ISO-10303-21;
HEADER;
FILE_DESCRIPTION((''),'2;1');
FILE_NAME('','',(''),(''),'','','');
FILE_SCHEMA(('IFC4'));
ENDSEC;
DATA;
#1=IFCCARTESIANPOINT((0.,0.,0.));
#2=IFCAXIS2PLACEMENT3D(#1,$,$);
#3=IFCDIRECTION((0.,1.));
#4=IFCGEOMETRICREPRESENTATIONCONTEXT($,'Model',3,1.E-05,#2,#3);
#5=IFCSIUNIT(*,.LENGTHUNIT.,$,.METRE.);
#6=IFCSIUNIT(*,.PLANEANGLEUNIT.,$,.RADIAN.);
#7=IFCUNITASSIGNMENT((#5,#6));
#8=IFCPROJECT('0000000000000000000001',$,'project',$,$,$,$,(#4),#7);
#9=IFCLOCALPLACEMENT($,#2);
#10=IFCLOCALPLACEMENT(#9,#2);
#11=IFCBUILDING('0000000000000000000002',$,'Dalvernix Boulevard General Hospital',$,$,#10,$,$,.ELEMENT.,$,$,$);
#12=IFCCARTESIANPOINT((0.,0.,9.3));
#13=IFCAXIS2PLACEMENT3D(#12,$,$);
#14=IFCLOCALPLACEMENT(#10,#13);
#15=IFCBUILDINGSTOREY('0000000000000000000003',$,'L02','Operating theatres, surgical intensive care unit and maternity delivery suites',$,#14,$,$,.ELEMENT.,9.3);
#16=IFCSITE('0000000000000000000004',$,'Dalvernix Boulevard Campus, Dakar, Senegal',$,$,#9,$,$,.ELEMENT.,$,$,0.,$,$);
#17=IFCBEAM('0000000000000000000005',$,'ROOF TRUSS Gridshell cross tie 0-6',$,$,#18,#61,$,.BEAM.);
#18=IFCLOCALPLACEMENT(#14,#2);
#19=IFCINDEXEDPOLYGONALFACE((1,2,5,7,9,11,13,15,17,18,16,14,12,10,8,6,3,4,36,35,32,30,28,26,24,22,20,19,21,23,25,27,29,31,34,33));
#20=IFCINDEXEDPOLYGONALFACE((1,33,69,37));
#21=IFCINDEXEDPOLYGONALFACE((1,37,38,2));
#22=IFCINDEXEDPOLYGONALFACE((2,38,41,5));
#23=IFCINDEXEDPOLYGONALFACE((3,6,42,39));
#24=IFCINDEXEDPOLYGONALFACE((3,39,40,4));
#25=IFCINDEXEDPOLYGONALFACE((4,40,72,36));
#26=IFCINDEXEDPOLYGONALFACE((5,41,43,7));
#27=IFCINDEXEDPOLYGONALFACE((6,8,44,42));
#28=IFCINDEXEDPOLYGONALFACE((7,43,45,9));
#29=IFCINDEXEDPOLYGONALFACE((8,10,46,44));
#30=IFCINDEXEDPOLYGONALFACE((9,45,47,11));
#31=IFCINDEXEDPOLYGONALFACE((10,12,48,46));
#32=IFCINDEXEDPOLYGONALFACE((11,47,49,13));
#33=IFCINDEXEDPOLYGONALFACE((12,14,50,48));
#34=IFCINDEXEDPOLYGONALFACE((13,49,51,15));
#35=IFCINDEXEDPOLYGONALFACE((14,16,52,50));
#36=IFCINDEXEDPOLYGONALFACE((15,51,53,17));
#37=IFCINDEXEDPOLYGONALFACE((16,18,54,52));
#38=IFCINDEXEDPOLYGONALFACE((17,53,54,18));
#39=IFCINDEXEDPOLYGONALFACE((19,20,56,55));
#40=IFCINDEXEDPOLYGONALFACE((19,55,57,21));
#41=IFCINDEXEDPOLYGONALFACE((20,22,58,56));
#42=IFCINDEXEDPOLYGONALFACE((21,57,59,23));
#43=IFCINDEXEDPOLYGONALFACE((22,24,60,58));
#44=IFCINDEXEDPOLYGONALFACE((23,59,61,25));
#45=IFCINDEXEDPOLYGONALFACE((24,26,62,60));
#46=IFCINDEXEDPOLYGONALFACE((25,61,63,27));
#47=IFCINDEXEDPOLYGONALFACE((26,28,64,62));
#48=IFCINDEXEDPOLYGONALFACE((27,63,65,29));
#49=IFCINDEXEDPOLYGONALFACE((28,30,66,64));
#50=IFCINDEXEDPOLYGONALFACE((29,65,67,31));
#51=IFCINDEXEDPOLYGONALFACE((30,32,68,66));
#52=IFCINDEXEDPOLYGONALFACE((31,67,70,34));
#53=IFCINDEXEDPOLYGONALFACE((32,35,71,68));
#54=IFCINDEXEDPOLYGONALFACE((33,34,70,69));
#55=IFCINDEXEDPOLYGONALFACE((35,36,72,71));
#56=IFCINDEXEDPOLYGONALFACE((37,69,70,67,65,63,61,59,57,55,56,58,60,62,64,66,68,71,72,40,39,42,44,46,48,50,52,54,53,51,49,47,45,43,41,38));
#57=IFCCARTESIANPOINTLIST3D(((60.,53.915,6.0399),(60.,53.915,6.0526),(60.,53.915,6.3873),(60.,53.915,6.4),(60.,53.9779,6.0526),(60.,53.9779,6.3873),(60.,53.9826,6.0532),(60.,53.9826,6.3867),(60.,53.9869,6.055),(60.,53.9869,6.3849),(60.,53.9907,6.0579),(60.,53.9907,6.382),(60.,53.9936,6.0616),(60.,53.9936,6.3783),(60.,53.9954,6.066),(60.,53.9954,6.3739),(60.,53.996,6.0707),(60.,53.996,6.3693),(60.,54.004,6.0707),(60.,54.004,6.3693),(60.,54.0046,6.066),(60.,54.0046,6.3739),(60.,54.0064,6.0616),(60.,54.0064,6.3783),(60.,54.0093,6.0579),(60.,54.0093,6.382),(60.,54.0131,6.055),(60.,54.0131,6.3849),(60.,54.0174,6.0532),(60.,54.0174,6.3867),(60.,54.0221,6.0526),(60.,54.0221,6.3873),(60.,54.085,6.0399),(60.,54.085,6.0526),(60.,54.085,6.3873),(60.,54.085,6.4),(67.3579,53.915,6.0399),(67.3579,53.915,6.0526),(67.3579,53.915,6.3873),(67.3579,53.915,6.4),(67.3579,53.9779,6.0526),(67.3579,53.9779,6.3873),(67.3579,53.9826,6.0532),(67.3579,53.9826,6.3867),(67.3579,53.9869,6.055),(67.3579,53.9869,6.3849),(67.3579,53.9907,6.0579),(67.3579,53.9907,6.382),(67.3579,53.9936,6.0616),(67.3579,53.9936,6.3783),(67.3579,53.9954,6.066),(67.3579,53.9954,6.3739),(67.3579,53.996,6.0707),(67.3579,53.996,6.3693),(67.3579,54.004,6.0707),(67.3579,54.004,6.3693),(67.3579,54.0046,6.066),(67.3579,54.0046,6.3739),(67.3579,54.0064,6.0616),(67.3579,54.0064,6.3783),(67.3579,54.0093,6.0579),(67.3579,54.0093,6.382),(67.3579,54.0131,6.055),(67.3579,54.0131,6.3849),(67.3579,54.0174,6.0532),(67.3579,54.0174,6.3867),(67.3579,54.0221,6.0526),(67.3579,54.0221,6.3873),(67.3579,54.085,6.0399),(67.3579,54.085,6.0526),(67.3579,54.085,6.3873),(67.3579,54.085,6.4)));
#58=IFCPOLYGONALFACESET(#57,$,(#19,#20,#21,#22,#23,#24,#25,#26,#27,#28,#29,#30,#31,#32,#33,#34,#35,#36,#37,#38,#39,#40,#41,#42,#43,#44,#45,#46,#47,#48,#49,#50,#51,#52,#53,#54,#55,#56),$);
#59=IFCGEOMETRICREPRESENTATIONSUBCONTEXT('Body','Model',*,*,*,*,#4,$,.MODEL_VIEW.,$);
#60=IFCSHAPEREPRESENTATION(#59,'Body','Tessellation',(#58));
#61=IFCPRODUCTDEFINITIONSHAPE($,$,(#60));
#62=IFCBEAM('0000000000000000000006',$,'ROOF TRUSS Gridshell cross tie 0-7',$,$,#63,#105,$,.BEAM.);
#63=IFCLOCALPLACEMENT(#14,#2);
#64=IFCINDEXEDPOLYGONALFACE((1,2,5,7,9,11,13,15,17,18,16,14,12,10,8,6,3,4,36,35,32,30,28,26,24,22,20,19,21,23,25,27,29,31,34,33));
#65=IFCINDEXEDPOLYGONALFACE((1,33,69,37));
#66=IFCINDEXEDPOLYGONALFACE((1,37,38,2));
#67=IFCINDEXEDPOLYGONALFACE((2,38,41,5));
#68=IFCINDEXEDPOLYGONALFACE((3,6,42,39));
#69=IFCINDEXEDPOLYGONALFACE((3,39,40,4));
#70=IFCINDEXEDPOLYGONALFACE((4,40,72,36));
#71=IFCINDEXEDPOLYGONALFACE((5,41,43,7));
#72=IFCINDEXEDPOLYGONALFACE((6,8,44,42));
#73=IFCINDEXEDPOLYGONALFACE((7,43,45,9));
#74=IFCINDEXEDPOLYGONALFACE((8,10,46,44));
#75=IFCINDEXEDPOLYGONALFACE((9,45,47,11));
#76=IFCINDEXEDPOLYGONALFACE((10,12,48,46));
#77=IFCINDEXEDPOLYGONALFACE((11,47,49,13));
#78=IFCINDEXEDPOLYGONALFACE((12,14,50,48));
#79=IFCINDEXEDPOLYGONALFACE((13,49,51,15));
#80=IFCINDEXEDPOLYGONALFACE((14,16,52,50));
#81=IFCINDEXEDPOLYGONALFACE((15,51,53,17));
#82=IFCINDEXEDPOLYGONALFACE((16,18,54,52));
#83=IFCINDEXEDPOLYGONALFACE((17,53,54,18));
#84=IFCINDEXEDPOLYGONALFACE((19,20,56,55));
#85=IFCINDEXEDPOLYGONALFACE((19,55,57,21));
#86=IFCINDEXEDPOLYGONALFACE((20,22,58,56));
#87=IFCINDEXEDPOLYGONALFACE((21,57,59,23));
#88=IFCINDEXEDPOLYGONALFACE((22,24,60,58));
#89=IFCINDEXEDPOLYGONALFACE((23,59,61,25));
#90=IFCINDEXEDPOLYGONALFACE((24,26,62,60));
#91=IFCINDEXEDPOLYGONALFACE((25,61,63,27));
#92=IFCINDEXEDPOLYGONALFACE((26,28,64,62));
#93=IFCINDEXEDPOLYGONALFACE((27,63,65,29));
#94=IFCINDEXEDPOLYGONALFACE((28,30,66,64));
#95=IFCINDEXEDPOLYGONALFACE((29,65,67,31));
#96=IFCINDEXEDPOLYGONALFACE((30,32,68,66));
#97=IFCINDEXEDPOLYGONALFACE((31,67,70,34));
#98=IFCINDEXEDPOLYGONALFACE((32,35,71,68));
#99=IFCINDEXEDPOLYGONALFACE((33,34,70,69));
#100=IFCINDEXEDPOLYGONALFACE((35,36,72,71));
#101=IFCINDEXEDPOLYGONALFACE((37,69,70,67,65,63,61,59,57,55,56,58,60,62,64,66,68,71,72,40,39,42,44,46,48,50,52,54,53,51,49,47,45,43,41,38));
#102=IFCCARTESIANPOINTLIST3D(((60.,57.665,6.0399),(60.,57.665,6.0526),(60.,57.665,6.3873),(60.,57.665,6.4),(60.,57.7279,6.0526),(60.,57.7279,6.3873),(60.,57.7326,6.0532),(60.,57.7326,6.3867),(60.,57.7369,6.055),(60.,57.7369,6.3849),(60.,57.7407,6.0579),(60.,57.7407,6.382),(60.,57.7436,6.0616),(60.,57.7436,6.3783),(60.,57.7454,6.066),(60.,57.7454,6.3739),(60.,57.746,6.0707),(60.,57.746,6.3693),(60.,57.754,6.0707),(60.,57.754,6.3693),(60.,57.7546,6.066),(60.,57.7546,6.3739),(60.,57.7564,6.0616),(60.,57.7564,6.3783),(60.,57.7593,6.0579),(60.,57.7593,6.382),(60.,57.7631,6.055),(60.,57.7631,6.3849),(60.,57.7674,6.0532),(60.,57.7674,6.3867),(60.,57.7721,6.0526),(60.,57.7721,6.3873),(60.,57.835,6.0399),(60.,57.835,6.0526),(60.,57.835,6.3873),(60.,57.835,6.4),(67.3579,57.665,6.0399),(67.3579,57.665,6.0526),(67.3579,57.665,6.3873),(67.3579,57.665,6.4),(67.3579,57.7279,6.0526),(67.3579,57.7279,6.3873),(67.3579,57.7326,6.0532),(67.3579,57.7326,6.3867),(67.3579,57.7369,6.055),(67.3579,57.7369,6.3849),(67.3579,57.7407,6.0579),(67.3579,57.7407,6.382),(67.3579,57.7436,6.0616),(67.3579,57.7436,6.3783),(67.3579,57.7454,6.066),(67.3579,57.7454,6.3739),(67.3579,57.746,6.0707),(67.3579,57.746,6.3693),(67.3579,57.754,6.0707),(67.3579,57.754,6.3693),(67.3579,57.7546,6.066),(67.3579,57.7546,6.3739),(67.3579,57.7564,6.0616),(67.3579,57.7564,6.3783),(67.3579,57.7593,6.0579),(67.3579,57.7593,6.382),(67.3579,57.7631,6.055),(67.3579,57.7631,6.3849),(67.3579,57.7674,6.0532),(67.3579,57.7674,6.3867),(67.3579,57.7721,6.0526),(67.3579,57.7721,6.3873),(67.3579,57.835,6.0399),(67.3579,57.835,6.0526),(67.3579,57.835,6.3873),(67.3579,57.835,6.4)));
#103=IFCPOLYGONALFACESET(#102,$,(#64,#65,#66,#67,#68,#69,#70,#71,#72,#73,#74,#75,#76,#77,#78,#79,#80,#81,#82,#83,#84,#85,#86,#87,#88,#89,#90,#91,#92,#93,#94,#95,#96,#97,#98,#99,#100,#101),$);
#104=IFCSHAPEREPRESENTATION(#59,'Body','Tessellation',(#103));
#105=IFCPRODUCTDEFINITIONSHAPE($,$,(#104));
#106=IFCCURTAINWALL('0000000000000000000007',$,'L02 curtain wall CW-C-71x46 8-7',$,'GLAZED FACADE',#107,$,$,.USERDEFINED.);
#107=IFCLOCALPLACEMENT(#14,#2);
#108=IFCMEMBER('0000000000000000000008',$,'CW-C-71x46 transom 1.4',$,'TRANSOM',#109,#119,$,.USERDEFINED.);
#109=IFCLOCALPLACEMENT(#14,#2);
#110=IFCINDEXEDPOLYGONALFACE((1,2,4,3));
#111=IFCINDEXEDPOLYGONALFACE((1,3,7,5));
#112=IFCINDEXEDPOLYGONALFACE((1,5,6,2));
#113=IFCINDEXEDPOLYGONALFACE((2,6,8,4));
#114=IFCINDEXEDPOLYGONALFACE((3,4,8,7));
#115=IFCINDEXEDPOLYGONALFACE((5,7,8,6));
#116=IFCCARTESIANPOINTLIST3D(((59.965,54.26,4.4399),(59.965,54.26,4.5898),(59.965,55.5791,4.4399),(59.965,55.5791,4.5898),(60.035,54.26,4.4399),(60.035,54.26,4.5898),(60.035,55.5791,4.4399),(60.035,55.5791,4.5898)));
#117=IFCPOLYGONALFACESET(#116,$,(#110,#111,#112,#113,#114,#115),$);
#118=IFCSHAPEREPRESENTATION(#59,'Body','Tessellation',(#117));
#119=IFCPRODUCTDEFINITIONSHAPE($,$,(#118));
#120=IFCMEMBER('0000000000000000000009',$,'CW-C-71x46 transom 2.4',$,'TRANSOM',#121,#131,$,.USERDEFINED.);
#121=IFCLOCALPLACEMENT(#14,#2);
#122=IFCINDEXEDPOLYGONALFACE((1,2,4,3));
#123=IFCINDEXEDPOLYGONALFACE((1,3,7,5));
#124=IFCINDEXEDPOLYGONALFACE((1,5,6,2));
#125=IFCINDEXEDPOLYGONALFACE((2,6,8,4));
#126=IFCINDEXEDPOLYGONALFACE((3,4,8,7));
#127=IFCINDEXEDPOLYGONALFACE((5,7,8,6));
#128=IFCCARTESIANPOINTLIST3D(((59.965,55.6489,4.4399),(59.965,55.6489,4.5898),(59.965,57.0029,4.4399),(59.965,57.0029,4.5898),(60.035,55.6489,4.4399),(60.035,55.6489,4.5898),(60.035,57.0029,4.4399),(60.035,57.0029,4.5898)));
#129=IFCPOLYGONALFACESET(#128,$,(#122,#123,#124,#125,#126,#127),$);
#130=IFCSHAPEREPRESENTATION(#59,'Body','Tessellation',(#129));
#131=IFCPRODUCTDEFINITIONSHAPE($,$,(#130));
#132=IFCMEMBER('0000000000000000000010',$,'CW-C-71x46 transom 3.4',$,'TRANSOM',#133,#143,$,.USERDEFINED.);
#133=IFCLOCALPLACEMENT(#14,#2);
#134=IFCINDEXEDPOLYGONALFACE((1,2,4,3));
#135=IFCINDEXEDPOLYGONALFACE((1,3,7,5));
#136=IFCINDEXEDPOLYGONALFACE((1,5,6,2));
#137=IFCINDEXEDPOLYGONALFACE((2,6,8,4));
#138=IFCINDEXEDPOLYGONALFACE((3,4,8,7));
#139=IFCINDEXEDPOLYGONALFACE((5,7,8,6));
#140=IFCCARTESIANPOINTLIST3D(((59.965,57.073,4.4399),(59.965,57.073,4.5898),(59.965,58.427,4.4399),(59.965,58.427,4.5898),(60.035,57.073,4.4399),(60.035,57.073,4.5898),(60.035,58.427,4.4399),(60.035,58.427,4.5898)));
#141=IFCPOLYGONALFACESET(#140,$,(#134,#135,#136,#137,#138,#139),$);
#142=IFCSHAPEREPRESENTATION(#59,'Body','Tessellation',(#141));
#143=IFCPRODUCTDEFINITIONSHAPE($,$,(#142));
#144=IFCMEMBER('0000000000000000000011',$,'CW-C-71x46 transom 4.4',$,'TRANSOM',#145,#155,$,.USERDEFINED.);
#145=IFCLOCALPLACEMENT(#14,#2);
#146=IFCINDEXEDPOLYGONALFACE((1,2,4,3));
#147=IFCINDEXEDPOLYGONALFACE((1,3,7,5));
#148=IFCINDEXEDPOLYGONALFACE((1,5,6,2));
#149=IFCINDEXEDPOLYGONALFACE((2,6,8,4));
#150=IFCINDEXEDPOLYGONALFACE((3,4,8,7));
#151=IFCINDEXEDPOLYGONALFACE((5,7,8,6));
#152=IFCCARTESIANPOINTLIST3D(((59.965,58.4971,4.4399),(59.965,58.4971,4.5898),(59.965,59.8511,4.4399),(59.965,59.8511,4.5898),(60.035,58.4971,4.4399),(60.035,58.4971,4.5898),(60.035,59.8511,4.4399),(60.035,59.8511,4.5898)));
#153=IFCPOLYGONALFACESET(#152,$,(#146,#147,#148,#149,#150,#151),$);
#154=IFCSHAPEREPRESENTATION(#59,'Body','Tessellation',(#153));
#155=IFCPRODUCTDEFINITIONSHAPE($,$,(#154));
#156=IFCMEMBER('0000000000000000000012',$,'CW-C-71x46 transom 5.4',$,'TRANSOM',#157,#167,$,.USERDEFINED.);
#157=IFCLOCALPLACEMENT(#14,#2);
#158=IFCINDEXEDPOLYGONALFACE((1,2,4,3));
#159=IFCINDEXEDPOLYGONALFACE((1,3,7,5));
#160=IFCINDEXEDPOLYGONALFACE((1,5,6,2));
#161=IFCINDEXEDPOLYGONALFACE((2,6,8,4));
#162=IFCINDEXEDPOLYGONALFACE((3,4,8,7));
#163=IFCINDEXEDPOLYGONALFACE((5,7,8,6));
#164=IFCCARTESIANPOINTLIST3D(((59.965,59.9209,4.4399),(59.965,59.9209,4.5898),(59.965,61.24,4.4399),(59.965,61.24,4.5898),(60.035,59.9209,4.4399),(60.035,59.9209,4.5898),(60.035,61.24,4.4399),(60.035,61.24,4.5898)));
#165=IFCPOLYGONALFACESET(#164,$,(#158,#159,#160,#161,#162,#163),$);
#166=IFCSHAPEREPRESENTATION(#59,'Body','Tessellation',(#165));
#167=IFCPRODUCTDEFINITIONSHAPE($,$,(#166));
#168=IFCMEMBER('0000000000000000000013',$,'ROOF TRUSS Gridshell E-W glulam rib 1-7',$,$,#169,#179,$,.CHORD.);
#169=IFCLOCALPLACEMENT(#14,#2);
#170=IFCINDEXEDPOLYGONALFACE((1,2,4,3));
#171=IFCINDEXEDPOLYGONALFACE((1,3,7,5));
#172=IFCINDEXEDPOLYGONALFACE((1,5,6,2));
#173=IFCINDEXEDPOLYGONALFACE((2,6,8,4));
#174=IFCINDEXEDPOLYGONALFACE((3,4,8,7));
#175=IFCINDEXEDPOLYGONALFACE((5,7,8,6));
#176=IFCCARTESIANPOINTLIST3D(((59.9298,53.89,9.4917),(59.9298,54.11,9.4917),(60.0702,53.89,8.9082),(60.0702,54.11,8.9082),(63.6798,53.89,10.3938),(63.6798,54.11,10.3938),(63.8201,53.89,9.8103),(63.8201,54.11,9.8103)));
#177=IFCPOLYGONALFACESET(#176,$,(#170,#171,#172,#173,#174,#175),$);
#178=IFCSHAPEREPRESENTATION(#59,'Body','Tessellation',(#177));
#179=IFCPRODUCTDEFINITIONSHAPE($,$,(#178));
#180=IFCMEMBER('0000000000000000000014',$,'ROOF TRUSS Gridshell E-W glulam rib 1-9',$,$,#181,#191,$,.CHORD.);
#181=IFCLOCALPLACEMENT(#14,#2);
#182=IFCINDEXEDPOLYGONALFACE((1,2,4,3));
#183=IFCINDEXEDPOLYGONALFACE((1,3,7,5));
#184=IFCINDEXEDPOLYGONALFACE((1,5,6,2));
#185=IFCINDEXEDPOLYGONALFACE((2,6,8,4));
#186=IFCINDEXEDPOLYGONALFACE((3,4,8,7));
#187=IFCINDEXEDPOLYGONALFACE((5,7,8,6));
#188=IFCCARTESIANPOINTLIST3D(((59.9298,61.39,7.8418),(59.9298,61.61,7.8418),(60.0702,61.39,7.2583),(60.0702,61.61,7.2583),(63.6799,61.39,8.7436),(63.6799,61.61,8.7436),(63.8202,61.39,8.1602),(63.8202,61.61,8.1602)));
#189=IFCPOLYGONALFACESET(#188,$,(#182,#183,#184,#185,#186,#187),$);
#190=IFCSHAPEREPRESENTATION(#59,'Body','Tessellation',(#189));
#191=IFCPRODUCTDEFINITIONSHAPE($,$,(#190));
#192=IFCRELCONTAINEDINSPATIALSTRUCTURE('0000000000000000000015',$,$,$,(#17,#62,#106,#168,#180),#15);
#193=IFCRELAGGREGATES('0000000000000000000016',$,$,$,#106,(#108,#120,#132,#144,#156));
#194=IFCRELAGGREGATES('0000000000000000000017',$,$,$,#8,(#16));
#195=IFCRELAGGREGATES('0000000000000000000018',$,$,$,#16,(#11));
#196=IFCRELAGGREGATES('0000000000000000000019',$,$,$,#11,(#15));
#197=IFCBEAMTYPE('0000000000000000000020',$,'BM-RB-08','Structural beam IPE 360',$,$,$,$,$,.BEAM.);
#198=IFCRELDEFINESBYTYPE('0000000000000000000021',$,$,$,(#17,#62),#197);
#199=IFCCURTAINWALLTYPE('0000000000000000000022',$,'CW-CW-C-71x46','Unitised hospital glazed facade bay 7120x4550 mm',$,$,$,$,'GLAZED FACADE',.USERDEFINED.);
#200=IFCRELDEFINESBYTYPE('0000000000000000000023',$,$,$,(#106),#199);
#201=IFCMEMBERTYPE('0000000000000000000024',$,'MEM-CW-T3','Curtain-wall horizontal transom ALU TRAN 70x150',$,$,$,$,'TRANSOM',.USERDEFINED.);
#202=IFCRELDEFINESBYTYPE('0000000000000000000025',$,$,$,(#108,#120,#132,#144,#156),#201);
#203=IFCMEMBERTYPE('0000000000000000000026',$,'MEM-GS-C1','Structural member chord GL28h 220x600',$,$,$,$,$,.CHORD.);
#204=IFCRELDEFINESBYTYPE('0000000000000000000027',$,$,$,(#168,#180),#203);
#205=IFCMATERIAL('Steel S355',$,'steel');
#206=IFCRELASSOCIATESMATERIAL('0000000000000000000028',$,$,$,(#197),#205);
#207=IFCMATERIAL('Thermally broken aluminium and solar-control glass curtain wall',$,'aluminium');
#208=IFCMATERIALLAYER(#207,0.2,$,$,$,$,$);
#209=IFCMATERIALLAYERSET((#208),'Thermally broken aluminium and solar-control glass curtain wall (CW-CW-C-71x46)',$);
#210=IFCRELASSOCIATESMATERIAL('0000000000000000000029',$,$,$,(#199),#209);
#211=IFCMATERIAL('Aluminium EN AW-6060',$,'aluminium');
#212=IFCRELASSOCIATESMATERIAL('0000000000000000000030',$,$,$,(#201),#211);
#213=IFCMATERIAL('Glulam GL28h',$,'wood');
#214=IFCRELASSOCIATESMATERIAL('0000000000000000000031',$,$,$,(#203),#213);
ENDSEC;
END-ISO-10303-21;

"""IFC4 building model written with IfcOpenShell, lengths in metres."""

from ifc_helpers import new_model, si_unit, direction, frame, origin, origin_2d, place, context, subcontext, project, spatial, rectangle, i_section, extrude, material, layer, layer_set, material_profile, profile_set, type_object, element, aggregate, save


model = new_model("IFC4")

# Units and contexts
model_context = context("Model", 3, precision=1e-05, world=origin(), true_north=direction((0.0, 1.0)))
body_context = subcontext(model_context, "Body", "Model", "MODEL_VIEW")
ifc_project = project(units=[si_unit("LENGTHUNIT", "METRE"), si_unit("PLANEANGLEUNIT", "RADIAN")], contexts=[model_context])

# Site, building, storey
site_placement = place(None, origin())
site = spatial("IfcSite", under=ifc_project, at=site_placement, Name="Dalvernix Boulevard Campus, Dakar, Senegal", CompositionType="ELEMENT", RefElevation=0.0)
building_placement = place(site_placement, origin())
building = spatial("IfcBuilding", under=site, at=building_placement, Name="Dalvernix Boulevard General Hospital", CompositionType="ELEMENT")
storey_placement = place(building_placement, frame((0.0, 0.0, 9.3)))
storey = spatial("IfcBuildingStorey", under=building, at=storey_placement, Name="L02", Description="Operating theatres, surgical intensive care unit and maternity delivery suites", CompositionType="ELEMENT", Elevation=9.3)

# Shared definitions
ifc_material_1 = material(Name="Steel S355", Category="steel")

# Beams
ifc_material_profile_1 = material_profile(ifc_material_1, i_section(OverallWidth=0.1699, OverallDepth=0.3601, WebThickness=0.0081, FlangeThickness=0.0127, FilletRadius=0.0181, at=origin_2d()), Name="IPE 360")
ifc_profile_set_1 = profile_set([ifc_material_profile_1], Name="Steel S355")
beam_type_1 = type_object("IfcBeamType", Name="BM-RB-08", Description="Structural beam IPE 360", PredefinedType="BEAM", material=ifc_profile_set_1)
for number, where, z_axis, x_axis, name in (
    (1, (60.0, 54.0, 6.22), (1.0, 0.0, 0.0), (0.0, 1.0, 0.0), "ROOF TRUSS Gridshell cross tie 0-6"),
    (2, (60.0, 57.75, 6.22), (1.0, 0.0, 0.0), (0.0, 1.0, 0.0), "ROOF TRUSS Gridshell cross tie 0-7"),
):
    element("IfcBeam", number, at=place(storey_placement, frame(where, z_axis=z_axis, x_axis=x_axis)), inside=storey, type_object=beam_type_1, Name=name, PredefinedType="BEAM", context=body_context, shape_type="SweptSolid", body=[
        extrude(i_section(OverallWidth=0.1699, OverallDepth=0.3601, WebThickness=0.0081, FlangeThickness=0.0127, FilletRadius=0.0181, at=origin_2d()), origin(), (0.0, 0.0, 1.0), 7.3579),
    ])

# Curtain wall, members
ifc_material_2 = material(Name="Thermally broken aluminium and solar-control glass curtain wall", Category="aluminium")
ifc_layer_1 = layer(ifc_material_2, 0.2)
ifc_layer_set_1 = layer_set([ifc_layer_1], Name="Thermally broken aluminium and solar-control glass curtain wall (CW-CW-C-71x46)")
curtain_wall_type = type_object("IfcCurtainWallType", Name="CW-CW-C-71x46", Description="Unitised hospital glazed facade bay 7120x4550 mm", ElementType="GLAZED FACADE", PredefinedType="USERDEFINED", material=ifc_layer_set_1)
curtain_wall_placement = place(storey_placement, origin())
curtain_wall = element("IfcCurtainWall", 3, at=curtain_wall_placement, inside=storey, type_object=curtain_wall_type, Name="L02 curtain wall CW-C-71x46 8-7", ObjectType="GLAZED FACADE", PredefinedType="USERDEFINED")
ifc_material_3 = material(Name="Aluminium EN AW-6060", Category="aluminium")
ifc_material_profile_2 = material_profile(ifc_material_3, rectangle(XDim=0.0701, YDim=0.1499, at=origin_2d()), Name="ALU TRAN 70x150")
ifc_profile_set_2 = profile_set([ifc_material_profile_2], Name="Aluminium EN AW-6060")
member_type_1 = type_object("IfcMemberType", Name="MEM-CW-T3", Description="Curtain-wall horizontal transom ALU TRAN 70x150", ElementType="TRANSOM", PredefinedType="USERDEFINED", material=ifc_profile_set_2)
member_1_placement = place(storey_placement, frame((60.0, 54.26, 4.5149), z_axis=(0.0, 1.0, 0.0), x_axis=(-1.0, 0.0, 0.0)))
member_1 = element("IfcMember", 4, at=member_1_placement, type_object=member_type_1, Name="CW-C-71x46 transom 1.4", ObjectType="TRANSOM", PredefinedType="USERDEFINED", context=body_context, shape_type="SweptSolid", body=[
    extrude(rectangle(XDim=0.0701, YDim=0.1499, at=origin_2d()), origin(), (0.0, 0.0, 1.0), 1.3191),
])
member_2_placement = place(storey_placement, frame((60.0, 55.6489, 4.5149), z_axis=(0.0, 1.0, 0.0), x_axis=(-1.0, 0.0, 0.0)))
member_2 = element("IfcMember", 5, at=member_2_placement, type_object=member_type_1, Name="CW-C-71x46 transom 2.4", ObjectType="TRANSOM", PredefinedType="USERDEFINED", context=body_context, shape_type="SweptSolid", body=[
    extrude(rectangle(XDim=0.0701, YDim=0.1499, at=origin_2d()), origin(), (0.0, 0.0, 1.0), 1.354),
])
member_3_placement = place(storey_placement, frame((60.0, 57.073, 4.5149), z_axis=(0.0, 1.0, 0.0), x_axis=(-1.0, 0.0, 0.0)))
member_3 = element("IfcMember", 6, at=member_3_placement, type_object=member_type_1, Name="CW-C-71x46 transom 3.4", ObjectType="TRANSOM", PredefinedType="USERDEFINED", context=body_context, shape_type="SweptSolid", body=[
    extrude(rectangle(XDim=0.0701, YDim=0.1499, at=origin_2d()), origin(), (0.0, 0.0, 1.0), 1.354),
])
member_4_placement = place(storey_placement, frame((60.0, 58.4971, 4.5149), z_axis=(0.0, 1.0, 0.0), x_axis=(-1.0, 0.0, 0.0)))
member_4 = element("IfcMember", 7, at=member_4_placement, type_object=member_type_1, Name="CW-C-71x46 transom 4.4", ObjectType="TRANSOM", PredefinedType="USERDEFINED", context=body_context, shape_type="SweptSolid", body=[
    extrude(rectangle(XDim=0.0701, YDim=0.1499, at=origin_2d()), origin(), (0.0, 0.0, 1.0), 1.354),
])
member_5_placement = place(storey_placement, frame((60.0, 59.9209, 4.5149), z_axis=(0.0, 1.0, 0.0), x_axis=(-1.0, 0.0, 0.0)))
member_5 = element("IfcMember", 8, at=member_5_placement, type_object=member_type_1, Name="CW-C-71x46 transom 5.4", ObjectType="TRANSOM", PredefinedType="USERDEFINED", context=body_context, shape_type="SweptSolid", body=[
    extrude(rectangle(XDim=0.0701, YDim=0.1499, at=origin_2d()), origin(), (0.0, 0.0, 1.0), 1.3191),
])

# Members
ifc_material_4 = material(Name="Glulam GL28h", Category="wood")
ifc_material_profile_3 = material_profile(ifc_material_4, rectangle(XDim=0.22, YDim=0.6001, at=origin_2d()), Name="GL28h 220x600")
ifc_profile_set_3 = profile_set([ifc_material_profile_3], Name="Glulam GL28h")
member_type_2 = type_object("IfcMemberType", Name="MEM-GS-C1", Description="Structural member chord GL28h 220x600", PredefinedType="CHORD", material=ifc_profile_set_3)
for number, where, z_axis, x_axis, name in (
    (9, (60.0, 54.0, 9.2), (0.972264, 0.0, 0.233888), (0.0, 1.0, 0.0), "ROOF TRUSS Gridshell E-W glulam rib 1-7"),
    (10, (60.0, 61.5, 7.55), (0.972278, 0.0, 0.233828), (0.0, 1.0, 0.0), "ROOF TRUSS Gridshell E-W glulam rib 1-9"),
):
    element("IfcMember", number, at=place(storey_placement, frame(where, z_axis=z_axis, x_axis=x_axis)), inside=storey, type_object=member_type_2, Name=name, PredefinedType="CHORD", context=body_context, shape_type="SweptSolid", body=[
        extrude(rectangle(XDim=0.22, YDim=0.6001, at=origin_2d()), origin(), (0.0, 0.0, 1.0), 3.8569),
    ])

aggregate(curtain_wall, [member_1, member_2, member_3, member_4, member_5])

save(model, "model.ifc")
